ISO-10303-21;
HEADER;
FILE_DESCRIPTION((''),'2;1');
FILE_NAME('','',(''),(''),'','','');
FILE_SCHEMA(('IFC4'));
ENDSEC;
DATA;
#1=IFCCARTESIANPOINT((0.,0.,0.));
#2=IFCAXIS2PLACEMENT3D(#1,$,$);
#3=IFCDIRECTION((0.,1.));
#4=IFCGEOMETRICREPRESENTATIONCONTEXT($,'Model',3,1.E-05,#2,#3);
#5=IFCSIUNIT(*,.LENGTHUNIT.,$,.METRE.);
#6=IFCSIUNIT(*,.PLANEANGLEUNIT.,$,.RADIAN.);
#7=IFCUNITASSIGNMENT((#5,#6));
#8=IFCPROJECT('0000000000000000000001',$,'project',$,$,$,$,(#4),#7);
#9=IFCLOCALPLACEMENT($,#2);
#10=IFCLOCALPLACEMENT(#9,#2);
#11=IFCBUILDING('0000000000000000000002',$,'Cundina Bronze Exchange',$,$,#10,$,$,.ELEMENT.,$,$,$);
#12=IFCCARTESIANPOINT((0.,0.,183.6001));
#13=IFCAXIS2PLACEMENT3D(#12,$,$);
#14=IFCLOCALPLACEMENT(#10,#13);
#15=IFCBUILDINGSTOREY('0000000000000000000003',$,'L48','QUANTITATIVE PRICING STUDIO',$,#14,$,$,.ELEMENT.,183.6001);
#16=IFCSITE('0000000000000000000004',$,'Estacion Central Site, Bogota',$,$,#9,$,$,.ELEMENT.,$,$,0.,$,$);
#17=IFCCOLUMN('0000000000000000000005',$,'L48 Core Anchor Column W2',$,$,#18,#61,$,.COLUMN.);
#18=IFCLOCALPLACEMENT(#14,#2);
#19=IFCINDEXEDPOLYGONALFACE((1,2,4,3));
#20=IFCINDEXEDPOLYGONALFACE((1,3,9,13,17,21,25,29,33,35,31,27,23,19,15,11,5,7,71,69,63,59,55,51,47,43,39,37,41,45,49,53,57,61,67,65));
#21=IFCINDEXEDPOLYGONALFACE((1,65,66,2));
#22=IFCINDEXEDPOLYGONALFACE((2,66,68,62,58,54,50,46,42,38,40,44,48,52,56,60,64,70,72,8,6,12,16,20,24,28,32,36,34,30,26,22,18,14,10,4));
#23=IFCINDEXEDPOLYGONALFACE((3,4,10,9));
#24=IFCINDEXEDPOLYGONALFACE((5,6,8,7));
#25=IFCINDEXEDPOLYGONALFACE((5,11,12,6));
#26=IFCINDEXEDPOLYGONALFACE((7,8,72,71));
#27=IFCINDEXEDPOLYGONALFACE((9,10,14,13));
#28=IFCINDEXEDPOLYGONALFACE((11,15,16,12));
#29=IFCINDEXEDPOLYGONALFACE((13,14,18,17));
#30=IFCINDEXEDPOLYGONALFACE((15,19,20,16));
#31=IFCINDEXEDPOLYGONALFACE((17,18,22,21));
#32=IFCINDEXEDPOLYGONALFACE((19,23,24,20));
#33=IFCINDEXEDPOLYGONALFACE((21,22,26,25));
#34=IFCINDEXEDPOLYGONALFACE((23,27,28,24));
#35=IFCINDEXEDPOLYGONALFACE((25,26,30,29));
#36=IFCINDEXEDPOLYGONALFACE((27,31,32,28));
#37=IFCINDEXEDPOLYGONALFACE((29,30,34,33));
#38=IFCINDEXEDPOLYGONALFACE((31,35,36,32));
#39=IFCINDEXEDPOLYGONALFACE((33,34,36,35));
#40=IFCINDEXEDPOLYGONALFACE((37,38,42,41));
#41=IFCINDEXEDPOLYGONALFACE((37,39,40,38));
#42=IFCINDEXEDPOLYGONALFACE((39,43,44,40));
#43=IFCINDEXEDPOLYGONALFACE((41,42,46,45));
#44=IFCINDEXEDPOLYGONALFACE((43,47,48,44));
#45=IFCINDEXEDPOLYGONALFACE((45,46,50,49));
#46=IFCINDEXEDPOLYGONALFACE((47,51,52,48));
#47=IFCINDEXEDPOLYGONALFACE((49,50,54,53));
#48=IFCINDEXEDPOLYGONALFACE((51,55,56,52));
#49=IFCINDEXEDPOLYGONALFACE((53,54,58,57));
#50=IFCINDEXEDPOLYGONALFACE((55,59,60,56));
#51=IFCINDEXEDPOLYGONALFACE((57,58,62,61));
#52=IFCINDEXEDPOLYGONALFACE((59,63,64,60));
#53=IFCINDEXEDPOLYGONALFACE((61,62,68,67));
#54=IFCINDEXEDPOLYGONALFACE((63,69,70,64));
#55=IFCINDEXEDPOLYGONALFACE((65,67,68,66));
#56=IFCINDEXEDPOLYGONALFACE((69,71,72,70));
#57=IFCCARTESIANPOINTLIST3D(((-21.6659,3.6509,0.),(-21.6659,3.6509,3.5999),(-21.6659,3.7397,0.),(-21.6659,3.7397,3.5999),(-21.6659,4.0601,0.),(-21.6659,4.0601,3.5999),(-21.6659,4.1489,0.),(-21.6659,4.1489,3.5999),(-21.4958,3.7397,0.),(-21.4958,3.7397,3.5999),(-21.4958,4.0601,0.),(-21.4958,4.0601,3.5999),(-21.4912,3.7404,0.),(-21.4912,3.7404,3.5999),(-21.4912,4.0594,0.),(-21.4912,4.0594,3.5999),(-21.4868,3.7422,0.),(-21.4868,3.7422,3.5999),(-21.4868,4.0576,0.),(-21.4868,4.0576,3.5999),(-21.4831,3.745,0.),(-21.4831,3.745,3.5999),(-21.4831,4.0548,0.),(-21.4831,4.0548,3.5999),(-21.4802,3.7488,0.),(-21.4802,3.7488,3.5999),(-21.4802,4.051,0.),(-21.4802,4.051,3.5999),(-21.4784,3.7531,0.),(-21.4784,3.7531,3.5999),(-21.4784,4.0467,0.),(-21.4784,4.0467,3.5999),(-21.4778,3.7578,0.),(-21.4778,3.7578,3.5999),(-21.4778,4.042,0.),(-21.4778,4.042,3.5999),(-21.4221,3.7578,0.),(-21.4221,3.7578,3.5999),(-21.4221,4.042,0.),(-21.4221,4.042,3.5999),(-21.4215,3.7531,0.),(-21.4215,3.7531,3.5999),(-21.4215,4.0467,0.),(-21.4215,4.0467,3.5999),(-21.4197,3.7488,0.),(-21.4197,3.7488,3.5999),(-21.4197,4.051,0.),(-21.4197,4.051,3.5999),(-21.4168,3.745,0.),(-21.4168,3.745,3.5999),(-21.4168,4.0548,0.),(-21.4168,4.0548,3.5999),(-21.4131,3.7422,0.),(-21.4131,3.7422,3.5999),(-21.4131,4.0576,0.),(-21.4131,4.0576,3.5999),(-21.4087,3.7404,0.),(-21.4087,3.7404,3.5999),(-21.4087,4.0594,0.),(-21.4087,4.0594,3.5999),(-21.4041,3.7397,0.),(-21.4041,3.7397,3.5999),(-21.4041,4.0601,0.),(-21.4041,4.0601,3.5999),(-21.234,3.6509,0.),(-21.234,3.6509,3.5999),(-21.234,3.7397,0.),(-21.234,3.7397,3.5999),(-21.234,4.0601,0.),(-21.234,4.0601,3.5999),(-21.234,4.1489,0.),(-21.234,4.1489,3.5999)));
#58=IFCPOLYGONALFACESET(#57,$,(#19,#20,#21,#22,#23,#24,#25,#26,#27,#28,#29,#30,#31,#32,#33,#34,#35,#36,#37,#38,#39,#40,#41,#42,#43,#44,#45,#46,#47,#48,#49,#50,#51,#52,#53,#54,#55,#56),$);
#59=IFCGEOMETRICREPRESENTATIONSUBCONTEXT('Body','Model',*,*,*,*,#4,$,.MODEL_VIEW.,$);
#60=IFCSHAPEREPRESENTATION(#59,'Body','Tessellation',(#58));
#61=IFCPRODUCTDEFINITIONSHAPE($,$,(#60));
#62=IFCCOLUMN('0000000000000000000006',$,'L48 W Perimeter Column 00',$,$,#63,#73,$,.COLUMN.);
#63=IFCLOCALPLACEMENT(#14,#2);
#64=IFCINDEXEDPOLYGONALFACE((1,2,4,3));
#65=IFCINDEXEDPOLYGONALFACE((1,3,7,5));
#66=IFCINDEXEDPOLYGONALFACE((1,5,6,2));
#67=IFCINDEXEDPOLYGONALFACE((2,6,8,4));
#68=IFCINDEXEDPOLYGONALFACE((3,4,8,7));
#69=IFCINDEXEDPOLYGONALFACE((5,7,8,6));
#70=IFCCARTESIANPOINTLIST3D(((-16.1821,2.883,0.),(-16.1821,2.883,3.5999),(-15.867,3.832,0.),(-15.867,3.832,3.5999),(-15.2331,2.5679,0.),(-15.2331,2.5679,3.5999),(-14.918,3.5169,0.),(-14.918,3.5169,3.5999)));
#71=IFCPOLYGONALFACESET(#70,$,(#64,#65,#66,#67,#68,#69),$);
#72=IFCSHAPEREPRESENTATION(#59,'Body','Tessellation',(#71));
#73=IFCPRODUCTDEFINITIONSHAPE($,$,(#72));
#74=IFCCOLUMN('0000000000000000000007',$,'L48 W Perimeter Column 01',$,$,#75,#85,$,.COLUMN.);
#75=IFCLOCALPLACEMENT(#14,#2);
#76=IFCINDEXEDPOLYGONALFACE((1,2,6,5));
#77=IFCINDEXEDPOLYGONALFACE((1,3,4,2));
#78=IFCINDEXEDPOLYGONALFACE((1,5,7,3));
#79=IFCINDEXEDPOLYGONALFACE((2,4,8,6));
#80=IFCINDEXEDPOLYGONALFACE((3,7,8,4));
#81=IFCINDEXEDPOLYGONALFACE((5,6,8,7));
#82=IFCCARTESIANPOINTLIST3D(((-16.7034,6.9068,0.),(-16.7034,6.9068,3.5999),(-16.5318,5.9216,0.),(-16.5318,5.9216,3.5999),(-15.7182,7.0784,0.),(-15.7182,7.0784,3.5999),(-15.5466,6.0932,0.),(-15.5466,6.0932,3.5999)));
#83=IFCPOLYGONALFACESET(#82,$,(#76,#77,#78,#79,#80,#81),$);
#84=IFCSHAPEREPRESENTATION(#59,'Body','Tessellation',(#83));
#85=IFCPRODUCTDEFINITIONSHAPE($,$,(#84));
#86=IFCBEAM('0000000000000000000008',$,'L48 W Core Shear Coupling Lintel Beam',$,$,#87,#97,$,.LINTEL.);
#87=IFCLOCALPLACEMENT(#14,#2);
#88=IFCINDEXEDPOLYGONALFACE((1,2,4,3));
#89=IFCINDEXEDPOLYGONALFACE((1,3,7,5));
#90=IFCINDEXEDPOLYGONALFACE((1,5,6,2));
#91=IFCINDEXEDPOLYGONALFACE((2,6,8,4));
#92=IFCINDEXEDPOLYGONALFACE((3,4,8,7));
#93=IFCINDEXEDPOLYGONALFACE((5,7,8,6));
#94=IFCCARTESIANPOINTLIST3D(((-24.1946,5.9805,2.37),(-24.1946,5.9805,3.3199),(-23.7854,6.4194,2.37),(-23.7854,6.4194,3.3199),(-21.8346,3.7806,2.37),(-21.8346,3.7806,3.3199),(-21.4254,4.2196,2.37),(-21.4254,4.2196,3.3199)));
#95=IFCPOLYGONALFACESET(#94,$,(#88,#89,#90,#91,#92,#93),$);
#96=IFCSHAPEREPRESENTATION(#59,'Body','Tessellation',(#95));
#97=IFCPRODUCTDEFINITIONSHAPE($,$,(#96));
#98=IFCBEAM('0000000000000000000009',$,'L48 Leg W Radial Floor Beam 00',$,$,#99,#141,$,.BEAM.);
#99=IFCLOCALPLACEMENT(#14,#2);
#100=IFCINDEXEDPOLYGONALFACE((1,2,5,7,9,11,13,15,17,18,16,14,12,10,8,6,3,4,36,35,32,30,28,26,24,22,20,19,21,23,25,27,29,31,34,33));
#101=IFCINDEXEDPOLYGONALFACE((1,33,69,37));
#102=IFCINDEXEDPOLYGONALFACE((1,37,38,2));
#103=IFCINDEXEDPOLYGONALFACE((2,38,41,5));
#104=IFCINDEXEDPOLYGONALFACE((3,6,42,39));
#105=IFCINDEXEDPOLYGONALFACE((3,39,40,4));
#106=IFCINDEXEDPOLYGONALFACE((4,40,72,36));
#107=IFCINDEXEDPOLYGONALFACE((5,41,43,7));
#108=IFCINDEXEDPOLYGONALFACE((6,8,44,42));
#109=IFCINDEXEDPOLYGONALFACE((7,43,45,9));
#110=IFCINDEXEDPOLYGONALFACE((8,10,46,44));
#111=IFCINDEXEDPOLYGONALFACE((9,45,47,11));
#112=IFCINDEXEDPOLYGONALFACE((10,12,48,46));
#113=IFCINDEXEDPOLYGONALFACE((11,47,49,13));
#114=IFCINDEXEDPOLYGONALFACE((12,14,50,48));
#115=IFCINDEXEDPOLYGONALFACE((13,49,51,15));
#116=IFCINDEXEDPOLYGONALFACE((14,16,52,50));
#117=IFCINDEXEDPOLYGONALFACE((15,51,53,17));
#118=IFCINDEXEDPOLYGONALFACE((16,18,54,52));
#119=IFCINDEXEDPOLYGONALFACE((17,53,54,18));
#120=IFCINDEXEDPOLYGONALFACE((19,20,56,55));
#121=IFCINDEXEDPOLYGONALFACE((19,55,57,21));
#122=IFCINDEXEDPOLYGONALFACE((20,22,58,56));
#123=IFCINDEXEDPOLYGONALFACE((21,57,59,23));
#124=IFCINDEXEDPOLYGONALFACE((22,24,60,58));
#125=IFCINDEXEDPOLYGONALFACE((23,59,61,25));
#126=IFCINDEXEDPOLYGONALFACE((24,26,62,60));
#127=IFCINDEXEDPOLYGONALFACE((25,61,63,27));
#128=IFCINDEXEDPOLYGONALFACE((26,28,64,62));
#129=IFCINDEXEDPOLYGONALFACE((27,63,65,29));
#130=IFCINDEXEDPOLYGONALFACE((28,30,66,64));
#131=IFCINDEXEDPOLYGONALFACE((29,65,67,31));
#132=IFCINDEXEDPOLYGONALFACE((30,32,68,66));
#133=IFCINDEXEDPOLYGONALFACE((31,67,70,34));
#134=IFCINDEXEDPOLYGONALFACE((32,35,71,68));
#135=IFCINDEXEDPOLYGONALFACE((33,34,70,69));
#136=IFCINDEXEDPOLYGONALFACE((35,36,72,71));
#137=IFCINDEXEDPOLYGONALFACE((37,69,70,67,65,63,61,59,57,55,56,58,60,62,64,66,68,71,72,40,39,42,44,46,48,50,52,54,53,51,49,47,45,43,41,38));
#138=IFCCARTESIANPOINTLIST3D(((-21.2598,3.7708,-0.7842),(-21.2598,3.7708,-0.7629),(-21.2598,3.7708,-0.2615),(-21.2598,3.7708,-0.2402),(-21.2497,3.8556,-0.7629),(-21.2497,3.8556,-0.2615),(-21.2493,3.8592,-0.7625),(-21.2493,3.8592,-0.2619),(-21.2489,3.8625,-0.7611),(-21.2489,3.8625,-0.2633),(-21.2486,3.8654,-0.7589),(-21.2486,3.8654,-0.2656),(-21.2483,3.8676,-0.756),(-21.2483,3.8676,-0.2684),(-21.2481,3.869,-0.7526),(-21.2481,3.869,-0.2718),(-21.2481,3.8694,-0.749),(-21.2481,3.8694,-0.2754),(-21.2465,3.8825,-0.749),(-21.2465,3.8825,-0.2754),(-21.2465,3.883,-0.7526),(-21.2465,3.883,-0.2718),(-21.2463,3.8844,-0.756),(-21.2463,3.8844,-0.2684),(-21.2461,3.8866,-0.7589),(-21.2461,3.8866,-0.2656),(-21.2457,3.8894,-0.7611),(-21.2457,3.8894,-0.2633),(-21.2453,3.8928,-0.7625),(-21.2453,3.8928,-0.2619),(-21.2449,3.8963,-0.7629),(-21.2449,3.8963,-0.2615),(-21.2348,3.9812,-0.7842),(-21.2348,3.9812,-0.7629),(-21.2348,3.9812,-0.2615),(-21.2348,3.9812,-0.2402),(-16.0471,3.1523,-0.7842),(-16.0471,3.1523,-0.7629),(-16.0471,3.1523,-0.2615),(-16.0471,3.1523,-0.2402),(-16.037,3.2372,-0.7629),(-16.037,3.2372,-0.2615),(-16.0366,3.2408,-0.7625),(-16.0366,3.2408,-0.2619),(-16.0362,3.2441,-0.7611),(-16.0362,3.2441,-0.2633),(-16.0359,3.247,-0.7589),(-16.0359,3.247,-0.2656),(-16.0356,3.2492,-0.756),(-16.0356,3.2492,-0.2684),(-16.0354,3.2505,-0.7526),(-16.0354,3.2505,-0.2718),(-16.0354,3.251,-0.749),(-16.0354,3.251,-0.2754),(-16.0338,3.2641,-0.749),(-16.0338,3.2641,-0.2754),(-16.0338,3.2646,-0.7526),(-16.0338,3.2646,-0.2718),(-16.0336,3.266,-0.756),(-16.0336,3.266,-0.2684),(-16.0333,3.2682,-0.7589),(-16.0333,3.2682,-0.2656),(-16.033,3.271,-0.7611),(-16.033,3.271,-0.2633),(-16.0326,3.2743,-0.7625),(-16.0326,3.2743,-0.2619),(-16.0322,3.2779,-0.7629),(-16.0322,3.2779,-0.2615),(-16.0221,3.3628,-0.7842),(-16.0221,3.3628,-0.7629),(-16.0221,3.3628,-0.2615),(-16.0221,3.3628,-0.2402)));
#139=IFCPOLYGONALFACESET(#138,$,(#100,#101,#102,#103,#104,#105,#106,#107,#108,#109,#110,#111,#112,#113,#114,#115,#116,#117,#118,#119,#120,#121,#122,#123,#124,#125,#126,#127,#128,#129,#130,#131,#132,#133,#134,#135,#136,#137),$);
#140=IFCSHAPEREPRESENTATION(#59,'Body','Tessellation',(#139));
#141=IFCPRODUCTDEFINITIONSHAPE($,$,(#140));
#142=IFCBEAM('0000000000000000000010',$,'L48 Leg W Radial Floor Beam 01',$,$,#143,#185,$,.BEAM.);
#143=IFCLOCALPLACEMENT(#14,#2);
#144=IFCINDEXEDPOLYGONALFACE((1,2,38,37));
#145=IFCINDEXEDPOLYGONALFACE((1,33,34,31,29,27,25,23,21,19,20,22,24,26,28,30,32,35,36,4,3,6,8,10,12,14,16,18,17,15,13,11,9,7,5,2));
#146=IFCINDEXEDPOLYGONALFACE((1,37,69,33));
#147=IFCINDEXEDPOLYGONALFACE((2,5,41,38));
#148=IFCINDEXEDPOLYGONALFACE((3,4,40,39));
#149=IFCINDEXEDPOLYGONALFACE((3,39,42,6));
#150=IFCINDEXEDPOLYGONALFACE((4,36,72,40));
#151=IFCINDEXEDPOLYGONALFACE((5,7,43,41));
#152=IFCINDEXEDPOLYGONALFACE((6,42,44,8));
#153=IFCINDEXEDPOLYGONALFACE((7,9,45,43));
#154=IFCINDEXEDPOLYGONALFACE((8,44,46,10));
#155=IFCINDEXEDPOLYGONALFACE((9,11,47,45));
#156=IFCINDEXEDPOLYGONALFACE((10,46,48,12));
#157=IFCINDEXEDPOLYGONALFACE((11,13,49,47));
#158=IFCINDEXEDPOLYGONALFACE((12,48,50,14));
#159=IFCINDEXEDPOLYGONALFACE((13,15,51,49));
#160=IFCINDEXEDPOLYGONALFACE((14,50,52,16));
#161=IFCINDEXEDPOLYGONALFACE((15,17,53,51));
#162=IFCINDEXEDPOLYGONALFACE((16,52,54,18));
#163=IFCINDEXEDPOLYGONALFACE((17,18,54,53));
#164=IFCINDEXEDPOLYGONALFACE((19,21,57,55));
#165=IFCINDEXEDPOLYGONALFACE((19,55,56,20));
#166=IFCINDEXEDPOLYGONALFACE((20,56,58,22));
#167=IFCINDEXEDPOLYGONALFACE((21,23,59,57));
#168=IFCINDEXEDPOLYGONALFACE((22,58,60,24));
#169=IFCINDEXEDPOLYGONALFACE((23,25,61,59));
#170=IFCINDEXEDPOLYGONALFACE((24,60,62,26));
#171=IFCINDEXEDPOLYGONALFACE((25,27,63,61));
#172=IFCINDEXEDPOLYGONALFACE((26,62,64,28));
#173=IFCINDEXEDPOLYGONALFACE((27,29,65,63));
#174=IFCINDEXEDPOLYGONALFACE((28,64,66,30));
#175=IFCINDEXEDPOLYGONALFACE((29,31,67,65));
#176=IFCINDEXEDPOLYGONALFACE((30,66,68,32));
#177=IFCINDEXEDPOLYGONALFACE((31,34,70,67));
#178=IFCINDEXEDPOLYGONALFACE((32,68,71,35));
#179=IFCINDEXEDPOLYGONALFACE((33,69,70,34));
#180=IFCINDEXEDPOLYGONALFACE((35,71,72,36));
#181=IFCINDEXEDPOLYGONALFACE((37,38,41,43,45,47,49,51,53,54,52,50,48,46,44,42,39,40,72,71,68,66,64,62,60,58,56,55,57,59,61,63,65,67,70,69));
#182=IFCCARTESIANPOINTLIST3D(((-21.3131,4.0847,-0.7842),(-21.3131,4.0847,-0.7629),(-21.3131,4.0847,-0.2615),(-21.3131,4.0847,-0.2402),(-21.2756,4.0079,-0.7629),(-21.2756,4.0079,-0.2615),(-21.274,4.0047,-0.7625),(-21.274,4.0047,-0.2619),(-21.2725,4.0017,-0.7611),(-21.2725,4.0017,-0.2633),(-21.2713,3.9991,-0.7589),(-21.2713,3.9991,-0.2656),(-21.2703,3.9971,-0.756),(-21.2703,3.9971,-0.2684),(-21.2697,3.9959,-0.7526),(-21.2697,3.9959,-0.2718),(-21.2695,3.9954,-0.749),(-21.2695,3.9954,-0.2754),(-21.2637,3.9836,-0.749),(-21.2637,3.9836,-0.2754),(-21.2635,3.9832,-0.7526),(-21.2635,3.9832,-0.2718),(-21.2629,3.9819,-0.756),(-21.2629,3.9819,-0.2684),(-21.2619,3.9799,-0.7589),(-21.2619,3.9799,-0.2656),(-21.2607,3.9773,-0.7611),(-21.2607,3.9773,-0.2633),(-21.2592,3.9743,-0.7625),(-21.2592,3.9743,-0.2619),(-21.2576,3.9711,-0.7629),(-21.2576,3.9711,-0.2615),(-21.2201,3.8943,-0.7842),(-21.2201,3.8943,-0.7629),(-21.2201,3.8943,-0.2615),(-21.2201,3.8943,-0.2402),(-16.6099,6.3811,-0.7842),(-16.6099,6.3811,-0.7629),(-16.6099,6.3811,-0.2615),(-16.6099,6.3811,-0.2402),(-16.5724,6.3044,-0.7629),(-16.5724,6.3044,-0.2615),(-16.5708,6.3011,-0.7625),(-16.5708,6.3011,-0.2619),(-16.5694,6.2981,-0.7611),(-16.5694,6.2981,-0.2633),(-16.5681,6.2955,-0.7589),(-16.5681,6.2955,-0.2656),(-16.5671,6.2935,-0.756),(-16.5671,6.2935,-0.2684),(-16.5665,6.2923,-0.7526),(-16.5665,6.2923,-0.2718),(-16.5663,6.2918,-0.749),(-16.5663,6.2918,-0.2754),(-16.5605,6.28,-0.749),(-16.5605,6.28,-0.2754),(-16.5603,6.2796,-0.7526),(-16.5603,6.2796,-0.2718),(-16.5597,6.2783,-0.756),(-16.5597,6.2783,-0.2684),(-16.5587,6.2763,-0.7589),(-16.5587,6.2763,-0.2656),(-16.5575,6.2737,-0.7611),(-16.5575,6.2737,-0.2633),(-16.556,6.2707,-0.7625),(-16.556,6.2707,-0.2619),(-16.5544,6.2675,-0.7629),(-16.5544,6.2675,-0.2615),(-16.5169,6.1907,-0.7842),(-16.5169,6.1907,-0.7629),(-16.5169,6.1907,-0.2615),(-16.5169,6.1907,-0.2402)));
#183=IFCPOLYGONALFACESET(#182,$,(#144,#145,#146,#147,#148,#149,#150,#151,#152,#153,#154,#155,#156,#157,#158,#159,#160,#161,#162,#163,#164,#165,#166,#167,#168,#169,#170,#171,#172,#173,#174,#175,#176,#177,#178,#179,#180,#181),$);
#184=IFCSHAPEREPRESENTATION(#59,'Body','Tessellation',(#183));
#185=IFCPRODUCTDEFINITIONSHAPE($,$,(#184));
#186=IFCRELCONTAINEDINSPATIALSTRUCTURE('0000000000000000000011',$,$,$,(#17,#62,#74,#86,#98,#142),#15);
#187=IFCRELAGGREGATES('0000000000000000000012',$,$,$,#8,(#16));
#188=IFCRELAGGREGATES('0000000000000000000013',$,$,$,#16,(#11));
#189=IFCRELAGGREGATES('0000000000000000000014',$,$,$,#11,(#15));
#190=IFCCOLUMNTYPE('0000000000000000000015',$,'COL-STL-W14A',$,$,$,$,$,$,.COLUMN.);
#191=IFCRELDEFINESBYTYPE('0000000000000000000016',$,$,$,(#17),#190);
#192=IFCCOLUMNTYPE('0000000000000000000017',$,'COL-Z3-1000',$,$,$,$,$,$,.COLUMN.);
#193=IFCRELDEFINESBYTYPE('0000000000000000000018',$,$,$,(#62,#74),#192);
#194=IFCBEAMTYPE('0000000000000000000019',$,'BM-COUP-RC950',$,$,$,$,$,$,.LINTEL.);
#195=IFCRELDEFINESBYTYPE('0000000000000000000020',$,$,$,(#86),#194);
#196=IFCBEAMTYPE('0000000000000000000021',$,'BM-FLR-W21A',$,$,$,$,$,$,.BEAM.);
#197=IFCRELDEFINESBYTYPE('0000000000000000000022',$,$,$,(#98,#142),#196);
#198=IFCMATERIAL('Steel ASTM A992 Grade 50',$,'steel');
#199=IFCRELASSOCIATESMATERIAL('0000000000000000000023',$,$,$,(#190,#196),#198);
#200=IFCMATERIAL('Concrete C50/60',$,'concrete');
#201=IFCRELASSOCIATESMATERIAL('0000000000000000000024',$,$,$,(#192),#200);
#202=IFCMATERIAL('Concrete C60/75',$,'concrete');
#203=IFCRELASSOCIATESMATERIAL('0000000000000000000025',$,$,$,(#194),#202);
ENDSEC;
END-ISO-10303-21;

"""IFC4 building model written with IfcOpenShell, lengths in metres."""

from ifc_helpers import new_model, si_unit, direction, frame, origin, origin_2d, place, context, subcontext, project, spatial, rectangle, i_section, extrude, material, material_profile, profile_set, type_object, element, save


model = new_model("IFC4")

# Units and contexts
model_context = context("Model", 3, precision=1e-05, world=origin(), true_north=direction((0.0, 1.0)))
body_context = subcontext(model_context, "Body", "Model", "MODEL_VIEW")
ifc_project = project(units=[si_unit("LENGTHUNIT", "METRE"), si_unit("PLANEANGLEUNIT", "RADIAN")], contexts=[model_context])

# Site, building, storey
site_placement = place(None, origin())
site = spatial("IfcSite", under=ifc_project, at=site_placement, Name="Estacion Central Site, Bogota", CompositionType="ELEMENT", RefElevation=0.0)
building_placement = place(site_placement, origin())
building = spatial("IfcBuilding", under=site, at=building_placement, Name="Cundina Bronze Exchange", CompositionType="ELEMENT")
storey_placement = place(building_placement, frame((0.0, 0.0, 183.6001)))
storey = spatial("IfcBuildingStorey", under=building, at=storey_placement, Name="L48", Description="QUANTITATIVE PRICING STUDIO", CompositionType="ELEMENT", Elevation=183.6001)

# Columns
ifc_material_1 = material(Name="Steel ASTM A992 Grade 50", Category="steel")
ifc_material_profile_1 = material_profile(ifc_material_1, i_section(OverallWidth=0.4319, OverallDepth=0.498, WebThickness=0.0557, FlangeThickness=0.0889, FilletRadius=0.0181, at=origin_2d()), Name="W14X500", Category="steel")
ifc_profile_set_1 = profile_set([ifc_material_profile_1], Name="Steel ASTM A992 Grade 50")
column_type_1 = type_object("IfcColumnType", Name="COL-STL-W14A", PredefinedType="COLUMN", material=ifc_profile_set_1)
column_placement = place(storey_placement, frame((-21.45, 3.8999, 0.0), z_axis=(0.0, 0.0, 1.0), x_axis=(1.0, 0.0, 0.0)))
element("IfcColumn", 1, at=column_placement, inside=storey, type_object=column_type_1, Name="L48 Core Anchor Column W2", PredefinedType="COLUMN", context=body_context, shape_type="SweptSolid", body=[
    extrude(i_section(OverallWidth=0.4319, OverallDepth=0.498, WebThickness=0.0557, FlangeThickness=0.0889, FilletRadius=0.0181, at=origin_2d()), origin(), (0.0, 0.0, 1.0), 3.5999),
])
ifc_material_2 = material(Name="Concrete C50/60", Category="concrete")
ifc_material_profile_2 = material_profile(ifc_material_2, rectangle(XDim=1.0, YDim=1.0, at=origin_2d()), Name="RC1000X1000", Category="concrete")
ifc_profile_set_2 = profile_set([ifc_material_profile_2], Name="Concrete C50/60")
column_type_2 = type_object("IfcColumnType", Name="COL-Z3-1000", PredefinedType="COLUMN", material=ifc_profile_set_2)
for number, where, z_axis, x_axis, name in (
    (2, (-15.55, 3.2, 0.0), (0.0, 0.0, 1.0), (0.315152, 0.949041, 0.0), "L48 W Perimeter Column 00"),
    (3, (-16.125, 6.5, 0.0), (0.0, 0.0, 1.0), (-0.171585, 0.985169, 0.0), "L48 W Perimeter Column 01"),
):
    element("IfcColumn", number, at=place(storey_placement, frame(where, z_axis=z_axis, x_axis=x_axis)), inside=storey, type_object=column_type_2, Name=name, PredefinedType="COLUMN", context=body_context, shape_type="SweptSolid", body=[
        extrude(rectangle(XDim=1.0, YDim=1.0, at=origin_2d()), origin(), (0.0, 0.0, 1.0), 3.5999),
    ])

# Beams
ifc_material_3 = material(Name="Concrete C60/75", Category="concrete")
ifc_material_profile_3 = material_profile(ifc_material_3, rectangle(XDim=0.6001, YDim=0.95, at=origin_2d()), Name="RC600X950", Category="concrete")
ifc_profile_set_3 = profile_set([ifc_material_profile_3], Name="Concrete C60/75")
beam_type_1 = type_object("IfcBeamType", Name="BM-COUP-RC950", PredefinedType="LINTEL", material=ifc_profile_set_3)
beam_1_placement = place(storey_placement, frame((-23.99, 6.2, 2.845), z_axis=(0.73149, -0.681852, 0.0), x_axis=(0.681852, 0.73149, 0.0)))
element("IfcBeam", 4, at=beam_1_placement, inside=storey, type_object=beam_type_1, Name="L48 W Core Shear Coupling Lintel Beam", PredefinedType="LINTEL", context=body_context, shape_type="SweptSolid", body=[
    extrude(rectangle(XDim=0.6001, YDim=0.95, at=origin_2d()), origin(), (0.0, 0.0, 1.0), 3.2263),
])
ifc_material_profile_4 = material_profile(ifc_material_1, i_section(OverallWidth=0.2119, OverallDepth=0.5439, WebThickness=0.0132, FlangeThickness=0.0212, FilletRadius=0.0139, at=origin_2d()), Name="W21X83", Category="steel")
ifc_profile_set_4 = profile_set([ifc_material_profile_4], Name="Steel ASTM A992 Grade 50")
beam_type_2 = type_object("IfcBeamType", Name="BM-FLR-W21A", PredefinedType="BEAM", material=ifc_profile_set_4)
beam_2_placement = place(storey_placement, frame((-21.2473, 3.876, -0.5122), z_axis=(0.993036, -0.11781, 0.0), x_axis=(0.11781, 0.993036, 0.0)))
element("IfcBeam", 5, at=beam_2_placement, inside=storey, type_object=beam_type_2, Name="L48 Leg W Radial Floor Beam 00", PredefinedType="BEAM", context=body_context, shape_type="SweptSolid", body=[
    extrude(i_section(OverallWidth=0.2119, OverallDepth=0.5439, WebThickness=0.0132, FlangeThickness=0.0212, FilletRadius=0.0139, at=origin_2d()), origin(), (0.0, 0.0, 1.0), 5.2493),
])
beam_3_placement = place(storey_placement, frame((-21.2666, 3.9895, -0.5122), z_axis=(0.898604, 0.43876, 0.0), x_axis=(-0.43876, 0.898604, 0.0)))
element("IfcBeam", 6, at=beam_3_placement, inside=storey, type_object=beam_type_2, Name="L48 Leg W Radial Floor Beam 01", PredefinedType="BEAM", context=body_context, shape_type="SweptSolid", body=[
    extrude(i_section(OverallWidth=0.2119, OverallDepth=0.5439, WebThickness=0.0132, FlangeThickness=0.0212, FilletRadius=0.0139, at=origin_2d()), origin(), (0.0, 0.0, 1.0), 5.2339),
])

save(model, "model.ifc")
